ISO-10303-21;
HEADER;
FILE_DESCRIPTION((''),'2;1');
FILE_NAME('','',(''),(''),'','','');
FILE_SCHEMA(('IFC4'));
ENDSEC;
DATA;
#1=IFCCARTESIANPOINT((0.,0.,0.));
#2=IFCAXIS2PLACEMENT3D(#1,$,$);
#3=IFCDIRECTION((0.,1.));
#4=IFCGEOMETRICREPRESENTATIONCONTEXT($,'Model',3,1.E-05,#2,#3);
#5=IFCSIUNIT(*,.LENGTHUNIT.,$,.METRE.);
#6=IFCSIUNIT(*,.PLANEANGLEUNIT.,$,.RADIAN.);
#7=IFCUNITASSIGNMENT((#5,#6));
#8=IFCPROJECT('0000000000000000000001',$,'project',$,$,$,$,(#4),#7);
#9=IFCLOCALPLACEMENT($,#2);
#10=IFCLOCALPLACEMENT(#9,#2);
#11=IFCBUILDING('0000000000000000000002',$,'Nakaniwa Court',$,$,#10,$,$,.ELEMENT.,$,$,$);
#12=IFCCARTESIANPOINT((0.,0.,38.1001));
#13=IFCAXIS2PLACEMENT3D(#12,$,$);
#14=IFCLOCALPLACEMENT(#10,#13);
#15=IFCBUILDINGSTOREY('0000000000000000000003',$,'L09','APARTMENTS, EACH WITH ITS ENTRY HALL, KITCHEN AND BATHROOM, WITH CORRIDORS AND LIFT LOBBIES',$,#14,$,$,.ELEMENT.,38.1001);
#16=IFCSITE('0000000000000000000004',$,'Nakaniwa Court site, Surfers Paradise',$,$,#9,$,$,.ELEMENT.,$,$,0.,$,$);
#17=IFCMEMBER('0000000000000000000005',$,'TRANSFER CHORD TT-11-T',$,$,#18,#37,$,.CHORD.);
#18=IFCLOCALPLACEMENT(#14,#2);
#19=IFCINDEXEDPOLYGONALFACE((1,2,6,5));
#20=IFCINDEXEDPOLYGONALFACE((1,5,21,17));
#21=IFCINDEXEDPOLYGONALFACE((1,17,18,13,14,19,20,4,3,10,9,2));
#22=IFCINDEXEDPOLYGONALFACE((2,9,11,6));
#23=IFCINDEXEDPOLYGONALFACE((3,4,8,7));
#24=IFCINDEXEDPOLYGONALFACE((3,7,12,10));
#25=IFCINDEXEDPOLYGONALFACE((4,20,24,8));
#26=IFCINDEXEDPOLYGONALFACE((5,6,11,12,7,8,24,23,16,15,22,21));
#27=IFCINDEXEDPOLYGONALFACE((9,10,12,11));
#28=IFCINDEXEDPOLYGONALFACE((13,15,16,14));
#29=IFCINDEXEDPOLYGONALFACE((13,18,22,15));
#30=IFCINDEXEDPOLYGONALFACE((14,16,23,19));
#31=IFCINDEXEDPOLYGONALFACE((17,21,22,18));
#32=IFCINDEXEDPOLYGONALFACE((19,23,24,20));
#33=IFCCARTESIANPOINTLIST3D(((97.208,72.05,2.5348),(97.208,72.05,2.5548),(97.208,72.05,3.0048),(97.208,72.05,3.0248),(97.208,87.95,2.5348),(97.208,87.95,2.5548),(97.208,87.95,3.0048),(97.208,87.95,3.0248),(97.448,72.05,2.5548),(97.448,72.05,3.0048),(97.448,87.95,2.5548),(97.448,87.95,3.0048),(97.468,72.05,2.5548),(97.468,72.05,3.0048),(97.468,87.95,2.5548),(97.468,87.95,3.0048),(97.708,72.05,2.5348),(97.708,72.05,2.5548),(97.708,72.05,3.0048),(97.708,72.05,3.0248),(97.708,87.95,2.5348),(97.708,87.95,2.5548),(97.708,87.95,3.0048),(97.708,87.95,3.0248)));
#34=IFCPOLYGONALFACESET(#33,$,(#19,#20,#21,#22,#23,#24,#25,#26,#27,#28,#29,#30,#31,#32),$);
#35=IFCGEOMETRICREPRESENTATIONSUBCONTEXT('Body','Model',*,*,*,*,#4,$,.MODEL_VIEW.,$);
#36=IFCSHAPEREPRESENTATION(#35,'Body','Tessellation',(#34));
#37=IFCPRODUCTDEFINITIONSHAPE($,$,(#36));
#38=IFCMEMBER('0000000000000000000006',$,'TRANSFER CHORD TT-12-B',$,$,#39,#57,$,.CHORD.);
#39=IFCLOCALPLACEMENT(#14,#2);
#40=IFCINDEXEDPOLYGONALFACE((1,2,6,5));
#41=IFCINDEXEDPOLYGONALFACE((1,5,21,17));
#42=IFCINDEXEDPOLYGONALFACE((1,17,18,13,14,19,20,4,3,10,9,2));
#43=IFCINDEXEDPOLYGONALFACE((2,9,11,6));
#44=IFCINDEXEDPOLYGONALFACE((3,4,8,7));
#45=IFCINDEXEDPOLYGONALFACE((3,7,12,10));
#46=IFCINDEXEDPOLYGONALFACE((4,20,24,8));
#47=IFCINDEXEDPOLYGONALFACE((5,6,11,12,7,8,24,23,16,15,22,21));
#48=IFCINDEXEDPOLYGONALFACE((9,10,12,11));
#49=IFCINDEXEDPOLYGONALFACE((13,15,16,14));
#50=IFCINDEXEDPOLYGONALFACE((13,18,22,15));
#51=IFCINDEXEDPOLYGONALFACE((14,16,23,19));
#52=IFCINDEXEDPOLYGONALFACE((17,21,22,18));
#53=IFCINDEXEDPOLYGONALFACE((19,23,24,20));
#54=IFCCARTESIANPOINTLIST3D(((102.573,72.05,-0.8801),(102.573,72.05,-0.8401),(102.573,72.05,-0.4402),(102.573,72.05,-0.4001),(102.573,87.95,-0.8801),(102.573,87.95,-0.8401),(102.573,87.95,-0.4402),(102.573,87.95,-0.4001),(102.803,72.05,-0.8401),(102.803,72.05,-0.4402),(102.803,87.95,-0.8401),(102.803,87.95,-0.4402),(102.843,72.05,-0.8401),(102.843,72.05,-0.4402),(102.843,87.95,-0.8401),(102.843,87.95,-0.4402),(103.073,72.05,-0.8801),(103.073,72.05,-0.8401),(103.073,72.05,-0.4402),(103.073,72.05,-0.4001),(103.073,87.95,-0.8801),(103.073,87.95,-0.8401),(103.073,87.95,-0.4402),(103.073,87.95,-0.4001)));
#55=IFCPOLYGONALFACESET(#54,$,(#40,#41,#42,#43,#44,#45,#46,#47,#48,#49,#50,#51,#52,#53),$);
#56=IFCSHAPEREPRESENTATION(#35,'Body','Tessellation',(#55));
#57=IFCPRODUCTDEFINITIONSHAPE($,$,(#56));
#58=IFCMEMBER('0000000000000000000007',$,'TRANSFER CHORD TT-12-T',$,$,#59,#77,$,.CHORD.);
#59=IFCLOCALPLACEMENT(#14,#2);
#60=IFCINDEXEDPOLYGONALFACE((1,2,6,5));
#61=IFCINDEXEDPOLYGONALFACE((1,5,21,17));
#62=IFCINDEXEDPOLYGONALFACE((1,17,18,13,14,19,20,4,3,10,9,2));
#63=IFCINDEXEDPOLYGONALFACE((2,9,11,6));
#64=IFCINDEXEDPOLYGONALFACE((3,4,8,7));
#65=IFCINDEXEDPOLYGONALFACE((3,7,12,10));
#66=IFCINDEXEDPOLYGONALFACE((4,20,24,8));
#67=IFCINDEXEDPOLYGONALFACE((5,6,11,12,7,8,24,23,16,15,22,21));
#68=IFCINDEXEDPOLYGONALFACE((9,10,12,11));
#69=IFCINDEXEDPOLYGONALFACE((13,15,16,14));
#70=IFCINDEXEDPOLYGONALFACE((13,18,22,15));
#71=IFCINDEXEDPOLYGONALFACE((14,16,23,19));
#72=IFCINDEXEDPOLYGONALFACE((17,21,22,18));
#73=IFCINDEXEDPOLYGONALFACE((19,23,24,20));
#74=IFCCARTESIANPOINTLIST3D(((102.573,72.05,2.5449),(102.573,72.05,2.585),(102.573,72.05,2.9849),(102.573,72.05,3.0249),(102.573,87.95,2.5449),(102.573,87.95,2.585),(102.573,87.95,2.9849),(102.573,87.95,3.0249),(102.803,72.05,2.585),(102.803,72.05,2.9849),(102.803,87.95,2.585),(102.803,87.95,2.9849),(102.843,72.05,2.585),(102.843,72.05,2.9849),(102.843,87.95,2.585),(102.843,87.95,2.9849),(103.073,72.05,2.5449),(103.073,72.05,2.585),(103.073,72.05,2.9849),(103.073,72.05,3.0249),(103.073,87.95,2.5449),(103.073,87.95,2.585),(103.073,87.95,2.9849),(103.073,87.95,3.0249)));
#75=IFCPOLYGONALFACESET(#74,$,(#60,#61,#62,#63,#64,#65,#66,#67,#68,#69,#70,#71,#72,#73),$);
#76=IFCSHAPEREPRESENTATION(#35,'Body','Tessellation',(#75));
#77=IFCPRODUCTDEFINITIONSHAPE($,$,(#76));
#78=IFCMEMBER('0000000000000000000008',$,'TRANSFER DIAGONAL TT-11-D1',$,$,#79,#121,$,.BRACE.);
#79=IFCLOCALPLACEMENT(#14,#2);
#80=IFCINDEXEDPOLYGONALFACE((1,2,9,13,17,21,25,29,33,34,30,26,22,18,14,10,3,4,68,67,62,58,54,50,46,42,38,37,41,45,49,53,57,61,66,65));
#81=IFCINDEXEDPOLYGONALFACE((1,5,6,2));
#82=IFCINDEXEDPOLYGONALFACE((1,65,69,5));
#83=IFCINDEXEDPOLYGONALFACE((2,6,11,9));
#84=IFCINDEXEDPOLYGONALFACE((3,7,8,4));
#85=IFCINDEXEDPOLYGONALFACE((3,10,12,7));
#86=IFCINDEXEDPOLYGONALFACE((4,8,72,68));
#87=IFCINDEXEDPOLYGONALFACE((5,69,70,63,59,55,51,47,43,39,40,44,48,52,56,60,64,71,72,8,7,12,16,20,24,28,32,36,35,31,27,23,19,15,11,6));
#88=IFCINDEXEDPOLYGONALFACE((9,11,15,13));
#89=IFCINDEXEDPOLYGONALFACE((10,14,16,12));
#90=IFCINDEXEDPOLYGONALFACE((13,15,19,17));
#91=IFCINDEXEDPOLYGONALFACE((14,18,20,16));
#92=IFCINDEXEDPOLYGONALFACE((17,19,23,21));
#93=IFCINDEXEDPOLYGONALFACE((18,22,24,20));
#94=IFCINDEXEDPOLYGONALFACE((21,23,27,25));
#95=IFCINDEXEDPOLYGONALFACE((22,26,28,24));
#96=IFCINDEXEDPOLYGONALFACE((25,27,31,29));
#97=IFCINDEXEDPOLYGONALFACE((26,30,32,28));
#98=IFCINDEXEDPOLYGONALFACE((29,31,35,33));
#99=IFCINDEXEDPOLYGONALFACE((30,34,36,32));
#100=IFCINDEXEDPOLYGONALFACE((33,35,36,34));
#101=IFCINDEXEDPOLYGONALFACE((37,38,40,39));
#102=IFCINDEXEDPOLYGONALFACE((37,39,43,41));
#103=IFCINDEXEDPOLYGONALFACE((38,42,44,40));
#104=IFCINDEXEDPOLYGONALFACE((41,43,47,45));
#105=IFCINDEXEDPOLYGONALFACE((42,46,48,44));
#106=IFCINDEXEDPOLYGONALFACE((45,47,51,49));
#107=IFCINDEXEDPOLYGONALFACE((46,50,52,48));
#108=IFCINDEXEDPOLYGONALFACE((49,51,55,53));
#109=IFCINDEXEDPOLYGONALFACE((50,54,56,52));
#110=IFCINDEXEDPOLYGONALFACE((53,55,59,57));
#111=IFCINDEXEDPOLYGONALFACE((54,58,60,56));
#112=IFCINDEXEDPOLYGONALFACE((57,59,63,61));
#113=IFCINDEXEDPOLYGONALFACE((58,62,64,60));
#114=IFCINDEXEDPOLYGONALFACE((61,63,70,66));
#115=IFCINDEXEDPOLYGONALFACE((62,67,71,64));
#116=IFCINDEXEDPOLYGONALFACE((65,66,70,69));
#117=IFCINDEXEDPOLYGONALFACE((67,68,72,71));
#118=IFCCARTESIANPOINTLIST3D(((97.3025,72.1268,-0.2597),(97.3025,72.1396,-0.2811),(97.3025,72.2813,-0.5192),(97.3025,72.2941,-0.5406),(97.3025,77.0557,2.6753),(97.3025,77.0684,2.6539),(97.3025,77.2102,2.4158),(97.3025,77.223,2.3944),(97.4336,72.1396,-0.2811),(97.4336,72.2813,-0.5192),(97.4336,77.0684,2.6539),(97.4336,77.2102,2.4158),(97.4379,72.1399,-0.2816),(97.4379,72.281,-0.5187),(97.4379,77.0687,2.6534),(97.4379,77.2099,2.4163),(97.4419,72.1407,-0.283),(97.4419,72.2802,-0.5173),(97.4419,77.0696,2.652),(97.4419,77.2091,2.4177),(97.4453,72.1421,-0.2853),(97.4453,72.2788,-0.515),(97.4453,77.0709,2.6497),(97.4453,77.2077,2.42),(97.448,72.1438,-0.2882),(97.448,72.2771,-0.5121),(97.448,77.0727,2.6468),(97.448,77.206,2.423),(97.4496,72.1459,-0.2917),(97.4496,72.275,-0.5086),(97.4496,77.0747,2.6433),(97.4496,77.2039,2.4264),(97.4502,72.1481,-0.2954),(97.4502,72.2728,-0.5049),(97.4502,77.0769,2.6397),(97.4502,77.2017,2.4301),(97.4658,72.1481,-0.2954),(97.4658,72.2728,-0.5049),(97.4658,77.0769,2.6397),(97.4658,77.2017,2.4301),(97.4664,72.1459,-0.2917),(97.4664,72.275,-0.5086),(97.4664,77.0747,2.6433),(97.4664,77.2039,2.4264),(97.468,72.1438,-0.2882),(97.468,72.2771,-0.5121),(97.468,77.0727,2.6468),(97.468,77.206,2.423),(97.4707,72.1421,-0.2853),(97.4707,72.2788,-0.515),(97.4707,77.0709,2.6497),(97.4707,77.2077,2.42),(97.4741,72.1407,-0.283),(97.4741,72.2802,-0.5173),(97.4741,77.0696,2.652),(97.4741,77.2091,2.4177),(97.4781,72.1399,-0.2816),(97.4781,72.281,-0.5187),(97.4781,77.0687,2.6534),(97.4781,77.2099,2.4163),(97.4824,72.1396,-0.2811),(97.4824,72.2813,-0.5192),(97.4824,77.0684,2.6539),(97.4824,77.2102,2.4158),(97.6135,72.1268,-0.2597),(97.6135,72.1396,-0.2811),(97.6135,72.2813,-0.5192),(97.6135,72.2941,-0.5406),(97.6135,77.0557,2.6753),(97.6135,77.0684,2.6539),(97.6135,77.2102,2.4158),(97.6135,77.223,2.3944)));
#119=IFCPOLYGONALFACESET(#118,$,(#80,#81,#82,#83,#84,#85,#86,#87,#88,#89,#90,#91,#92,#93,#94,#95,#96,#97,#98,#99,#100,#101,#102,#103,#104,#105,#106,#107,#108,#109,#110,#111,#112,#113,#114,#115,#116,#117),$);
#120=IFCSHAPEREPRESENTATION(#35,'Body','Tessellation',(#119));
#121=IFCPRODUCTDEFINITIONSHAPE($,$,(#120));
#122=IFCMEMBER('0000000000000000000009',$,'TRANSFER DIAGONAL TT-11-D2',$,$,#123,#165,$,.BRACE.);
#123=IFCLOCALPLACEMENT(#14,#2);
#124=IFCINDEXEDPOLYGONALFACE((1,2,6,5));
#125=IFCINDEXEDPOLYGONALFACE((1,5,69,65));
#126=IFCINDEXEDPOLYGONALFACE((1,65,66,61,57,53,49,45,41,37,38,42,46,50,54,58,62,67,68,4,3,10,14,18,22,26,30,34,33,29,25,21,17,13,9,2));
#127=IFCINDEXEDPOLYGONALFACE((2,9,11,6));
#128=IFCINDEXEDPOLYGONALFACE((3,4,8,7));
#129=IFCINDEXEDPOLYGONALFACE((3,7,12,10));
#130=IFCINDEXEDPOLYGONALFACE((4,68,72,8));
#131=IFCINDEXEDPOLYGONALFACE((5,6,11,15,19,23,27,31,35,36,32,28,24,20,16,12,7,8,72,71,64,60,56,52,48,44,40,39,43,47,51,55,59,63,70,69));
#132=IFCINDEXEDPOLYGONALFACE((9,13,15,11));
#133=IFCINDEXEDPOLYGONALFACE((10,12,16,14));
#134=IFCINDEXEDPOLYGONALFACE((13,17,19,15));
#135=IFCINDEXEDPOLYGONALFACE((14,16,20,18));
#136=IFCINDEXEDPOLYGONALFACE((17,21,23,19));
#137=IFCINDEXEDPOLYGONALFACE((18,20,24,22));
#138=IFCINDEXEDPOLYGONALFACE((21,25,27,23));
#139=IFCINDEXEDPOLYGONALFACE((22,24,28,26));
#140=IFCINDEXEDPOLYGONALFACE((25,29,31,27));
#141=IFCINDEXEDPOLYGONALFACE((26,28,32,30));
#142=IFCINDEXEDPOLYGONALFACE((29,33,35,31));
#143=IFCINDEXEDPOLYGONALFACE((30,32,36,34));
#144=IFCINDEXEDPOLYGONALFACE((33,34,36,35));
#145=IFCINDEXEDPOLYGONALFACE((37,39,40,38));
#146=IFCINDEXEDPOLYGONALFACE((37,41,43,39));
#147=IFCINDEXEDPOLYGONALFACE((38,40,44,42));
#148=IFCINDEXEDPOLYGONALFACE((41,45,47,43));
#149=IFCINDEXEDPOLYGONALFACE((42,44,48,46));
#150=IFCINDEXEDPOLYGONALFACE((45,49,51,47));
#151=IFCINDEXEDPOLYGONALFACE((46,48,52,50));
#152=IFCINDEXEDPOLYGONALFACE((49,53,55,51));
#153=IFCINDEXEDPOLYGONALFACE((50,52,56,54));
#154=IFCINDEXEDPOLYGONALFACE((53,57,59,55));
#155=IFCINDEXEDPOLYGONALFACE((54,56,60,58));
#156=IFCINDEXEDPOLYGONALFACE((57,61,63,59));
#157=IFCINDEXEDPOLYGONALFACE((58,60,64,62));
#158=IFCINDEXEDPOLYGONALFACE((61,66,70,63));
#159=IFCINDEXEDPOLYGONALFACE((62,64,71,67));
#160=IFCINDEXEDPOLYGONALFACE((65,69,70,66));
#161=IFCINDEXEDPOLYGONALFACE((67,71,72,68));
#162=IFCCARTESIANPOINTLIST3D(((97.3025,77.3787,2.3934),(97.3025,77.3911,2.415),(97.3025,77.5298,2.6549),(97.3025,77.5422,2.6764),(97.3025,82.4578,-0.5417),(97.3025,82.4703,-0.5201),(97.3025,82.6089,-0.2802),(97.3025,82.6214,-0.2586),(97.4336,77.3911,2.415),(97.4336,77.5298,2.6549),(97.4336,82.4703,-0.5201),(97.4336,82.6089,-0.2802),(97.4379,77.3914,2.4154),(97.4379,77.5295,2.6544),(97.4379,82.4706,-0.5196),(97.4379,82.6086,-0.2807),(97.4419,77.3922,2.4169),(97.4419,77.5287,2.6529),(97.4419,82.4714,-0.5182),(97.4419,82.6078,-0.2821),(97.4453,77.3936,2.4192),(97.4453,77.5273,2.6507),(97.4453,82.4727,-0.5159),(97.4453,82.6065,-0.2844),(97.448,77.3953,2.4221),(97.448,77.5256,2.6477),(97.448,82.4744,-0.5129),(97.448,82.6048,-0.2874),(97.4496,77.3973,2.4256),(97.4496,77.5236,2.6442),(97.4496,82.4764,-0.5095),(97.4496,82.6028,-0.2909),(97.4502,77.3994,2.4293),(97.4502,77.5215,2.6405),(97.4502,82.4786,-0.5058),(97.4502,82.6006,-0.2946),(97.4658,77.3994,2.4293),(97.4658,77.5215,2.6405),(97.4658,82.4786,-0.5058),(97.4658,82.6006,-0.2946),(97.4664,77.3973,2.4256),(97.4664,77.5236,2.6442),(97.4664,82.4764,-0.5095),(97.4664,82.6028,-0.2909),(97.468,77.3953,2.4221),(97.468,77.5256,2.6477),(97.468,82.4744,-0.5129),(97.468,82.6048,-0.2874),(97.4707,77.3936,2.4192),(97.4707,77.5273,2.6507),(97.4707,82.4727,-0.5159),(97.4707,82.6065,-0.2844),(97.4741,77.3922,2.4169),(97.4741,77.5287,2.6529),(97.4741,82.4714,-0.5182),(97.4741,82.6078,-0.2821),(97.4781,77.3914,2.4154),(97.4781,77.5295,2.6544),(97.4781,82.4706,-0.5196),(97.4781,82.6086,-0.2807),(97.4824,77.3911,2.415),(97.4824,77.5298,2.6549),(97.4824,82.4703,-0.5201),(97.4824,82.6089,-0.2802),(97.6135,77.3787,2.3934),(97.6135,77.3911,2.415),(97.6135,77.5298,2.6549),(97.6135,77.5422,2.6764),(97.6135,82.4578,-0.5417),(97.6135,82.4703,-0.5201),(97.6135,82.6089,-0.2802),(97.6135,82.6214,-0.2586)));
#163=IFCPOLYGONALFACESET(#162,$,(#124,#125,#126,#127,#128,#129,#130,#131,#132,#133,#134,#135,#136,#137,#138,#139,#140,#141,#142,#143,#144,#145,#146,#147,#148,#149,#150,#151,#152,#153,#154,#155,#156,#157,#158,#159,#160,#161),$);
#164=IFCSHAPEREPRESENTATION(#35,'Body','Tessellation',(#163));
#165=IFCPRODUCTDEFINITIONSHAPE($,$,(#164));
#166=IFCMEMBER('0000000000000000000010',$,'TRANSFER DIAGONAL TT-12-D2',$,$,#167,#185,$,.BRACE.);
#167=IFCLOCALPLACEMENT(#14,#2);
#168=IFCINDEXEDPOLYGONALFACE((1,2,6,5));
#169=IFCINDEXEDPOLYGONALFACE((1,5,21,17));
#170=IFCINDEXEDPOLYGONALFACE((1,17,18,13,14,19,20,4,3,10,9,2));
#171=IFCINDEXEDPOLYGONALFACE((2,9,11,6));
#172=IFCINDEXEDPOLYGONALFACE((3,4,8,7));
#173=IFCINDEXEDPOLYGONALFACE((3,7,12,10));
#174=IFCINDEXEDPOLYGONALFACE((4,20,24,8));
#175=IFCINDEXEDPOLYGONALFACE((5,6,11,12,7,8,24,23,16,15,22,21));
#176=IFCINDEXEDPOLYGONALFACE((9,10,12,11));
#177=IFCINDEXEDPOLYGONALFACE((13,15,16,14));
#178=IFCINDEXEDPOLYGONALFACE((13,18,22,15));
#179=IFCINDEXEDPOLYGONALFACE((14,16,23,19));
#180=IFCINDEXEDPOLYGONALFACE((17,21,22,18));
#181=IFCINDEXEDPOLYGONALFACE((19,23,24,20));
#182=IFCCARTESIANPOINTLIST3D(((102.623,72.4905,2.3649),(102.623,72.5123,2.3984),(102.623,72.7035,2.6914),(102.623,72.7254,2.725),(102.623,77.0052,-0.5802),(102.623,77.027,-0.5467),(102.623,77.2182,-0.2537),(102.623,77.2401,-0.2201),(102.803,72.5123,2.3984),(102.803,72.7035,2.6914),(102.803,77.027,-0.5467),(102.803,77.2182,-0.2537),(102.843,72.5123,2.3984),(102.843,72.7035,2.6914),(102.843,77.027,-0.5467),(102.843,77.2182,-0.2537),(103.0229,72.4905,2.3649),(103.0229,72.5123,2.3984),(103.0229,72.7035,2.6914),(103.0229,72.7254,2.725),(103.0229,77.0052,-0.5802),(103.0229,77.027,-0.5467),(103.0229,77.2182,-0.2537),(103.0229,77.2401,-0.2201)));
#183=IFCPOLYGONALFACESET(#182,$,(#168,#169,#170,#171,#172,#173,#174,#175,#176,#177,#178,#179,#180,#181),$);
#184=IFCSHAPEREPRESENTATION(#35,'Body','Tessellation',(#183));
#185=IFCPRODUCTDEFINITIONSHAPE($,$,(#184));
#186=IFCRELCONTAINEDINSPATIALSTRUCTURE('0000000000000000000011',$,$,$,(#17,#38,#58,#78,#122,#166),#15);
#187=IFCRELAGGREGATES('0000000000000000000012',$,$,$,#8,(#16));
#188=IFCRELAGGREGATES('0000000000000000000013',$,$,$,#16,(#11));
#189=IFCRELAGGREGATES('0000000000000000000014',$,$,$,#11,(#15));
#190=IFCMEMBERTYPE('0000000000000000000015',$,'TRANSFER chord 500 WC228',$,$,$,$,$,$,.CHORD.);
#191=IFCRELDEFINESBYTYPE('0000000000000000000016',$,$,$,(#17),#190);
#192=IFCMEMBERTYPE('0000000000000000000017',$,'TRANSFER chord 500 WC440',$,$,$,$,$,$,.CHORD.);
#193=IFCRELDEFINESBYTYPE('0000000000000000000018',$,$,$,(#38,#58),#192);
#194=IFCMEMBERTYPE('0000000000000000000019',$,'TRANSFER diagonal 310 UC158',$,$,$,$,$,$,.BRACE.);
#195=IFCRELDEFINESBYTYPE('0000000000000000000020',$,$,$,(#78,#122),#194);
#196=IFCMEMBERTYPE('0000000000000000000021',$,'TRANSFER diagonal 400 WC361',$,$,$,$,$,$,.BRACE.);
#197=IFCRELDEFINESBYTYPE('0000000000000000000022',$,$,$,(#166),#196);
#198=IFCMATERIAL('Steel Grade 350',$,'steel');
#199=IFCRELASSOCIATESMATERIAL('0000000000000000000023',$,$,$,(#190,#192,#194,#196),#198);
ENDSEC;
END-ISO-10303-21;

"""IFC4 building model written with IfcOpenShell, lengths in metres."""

from ifc_helpers import new_model, si_unit, direction, frame, origin, origin_2d, place, context, subcontext, project, spatial, i_section, extrude, material, material_profile, profile_set, type_object, element, save


model = new_model("IFC4")

# Units and contexts
model_context = context("Model", 3, precision=1e-05, world=origin(), true_north=direction((0.0, 1.0)))
body_context = subcontext(model_context, "Body", "Model", "MODEL_VIEW")
ifc_project = project(units=[si_unit("LENGTHUNIT", "METRE"), si_unit("PLANEANGLEUNIT", "RADIAN")], contexts=[model_context])

# Site, building, storey
site_placement = place(None, origin())
site = spatial("IfcSite", under=ifc_project, at=site_placement, Name="Nakaniwa Court site, Surfers Paradise", CompositionType="ELEMENT", RefElevation=0.0)
building_placement = place(site_placement, origin())
building = spatial("IfcBuilding", under=site, at=building_placement, Name="Nakaniwa Court", CompositionType="ELEMENT")
storey_placement = place(building_placement, frame((0.0, 0.0, 38.1001)))
storey = spatial("IfcBuildingStorey", under=building, at=storey_placement, Name="L09", Description="APARTMENTS, EACH WITH ITS ENTRY HALL, KITCHEN AND BATHROOM, WITH CORRIDORS AND LIFT LOBBIES", CompositionType="ELEMENT", Elevation=38.1001)

# Members
ifc_material_1 = material(Name="Steel Grade 350", Category="steel")
ifc_material_profile_1 = material_profile(ifc_material_1, i_section(OverallWidth=0.5, OverallDepth=0.49, WebThickness=0.02, FlangeThickness=0.02, at=origin_2d()), Name="500WC228")
ifc_profile_set_1 = profile_set([ifc_material_profile_1], Name="Steel Grade 350")
member_type_1 = type_object("IfcMemberType", Name="TRANSFER chord 500 WC228", PredefinedType="CHORD", material=ifc_profile_set_1)
member_1_placement = place(storey_placement, frame((97.458, 72.05, 2.7798), z_axis=(0.0, 1.0, 0.0), x_axis=(-1.0, 0.0, 0.0)))
element("IfcMember", 1, at=member_1_placement, inside=storey, type_object=member_type_1, Name="TRANSFER CHORD TT-11-T", PredefinedType="CHORD", context=body_context, shape_type="SweptSolid", body=[
    extrude(i_section(OverallWidth=0.5, OverallDepth=0.49, WebThickness=0.02, FlangeThickness=0.02, at=origin_2d()), origin(), (0.0, 0.0, 1.0), 15.8999),
])
ifc_material_profile_2 = material_profile(ifc_material_1, i_section(OverallWidth=0.5, OverallDepth=0.48, WebThickness=0.04, FlangeThickness=0.04, at=origin_2d()), Name="500WC440")
ifc_profile_set_2 = profile_set([ifc_material_profile_2], Name="Steel Grade 350")
member_type_2 = type_object("IfcMemberType", Name="TRANSFER chord 500 WC440", PredefinedType="CHORD", material=ifc_profile_set_2)
for number, where, z_axis, x_axis, name in (
    (2, (102.823, 72.05, -0.6401), (0.0, 1.0, 0.0), (-1.0, 0.0, 0.0), "TRANSFER CHORD TT-12-B"),
    (3, (102.823, 72.05, 2.7849), (0.0, 1.0, 0.0), (-1.0, 0.0, 0.0), "TRANSFER CHORD TT-12-T"),
):
    element("IfcMember", number, at=place(storey_placement, frame(where, z_axis=z_axis, x_axis=x_axis)), inside=storey, type_object=member_type_2, Name=name, PredefinedType="CHORD", context=body_context, shape_type="SweptSolid", body=[
        extrude(i_section(OverallWidth=0.5, OverallDepth=0.48, WebThickness=0.04, FlangeThickness=0.04, at=origin_2d()), origin(), (0.0, 0.0, 1.0), 15.8999),
    ])
ifc_material_profile_3 = material_profile(ifc_material_1, i_section(OverallWidth=0.311, OverallDepth=0.3269, WebThickness=0.0156, FlangeThickness=0.0249, FilletRadius=0.0166, at=origin_2d()), Name="310UC158")
ifc_profile_set_3 = profile_set([ifc_material_profile_3], Name="Steel Grade 350")
member_type_3 = type_object("IfcMemberType", Name="TRANSFER diagonal 310 UC158", PredefinedType="BRACE", material=ifc_profile_set_3)
member_2_placement = place(storey_placement, frame((97.458, 72.2104, -0.4001), z_axis=(0.0, 0.859204, 0.511633), x_axis=(-1.0, 0.0, 0.0)))
element("IfcMember", 4, at=member_2_placement, inside=storey, type_object=member_type_3, Name="TRANSFER DIAGONAL TT-11-D1", PredefinedType="BRACE", context=body_context, shape_type="SweptSolid", body=[
    extrude(i_section(OverallWidth=0.311, OverallDepth=0.3269, WebThickness=0.0156, FlangeThickness=0.0249, FilletRadius=0.0166, at=origin_2d()), origin(), (0.0, 0.0, 1.0), 5.7366),
])
member_3_placement = place(storey_placement, frame((97.458, 77.4604, 2.5349), z_axis=(0.0, 0.865831, -0.500337), x_axis=(-1.0, 0.0, 0.0)))
element("IfcMember", 5, at=member_3_placement, inside=storey, type_object=member_type_3, Name="TRANSFER DIAGONAL TT-11-D2", PredefinedType="BRACE", context=body_context, shape_type="SweptSolid", body=[
    extrude(i_section(OverallWidth=0.311, OverallDepth=0.3269, WebThickness=0.0156, FlangeThickness=0.0249, FilletRadius=0.0166, at=origin_2d()), origin(), (0.0, 0.0, 1.0), 5.8662),
])
ifc_material_profile_4 = material_profile(ifc_material_1, i_section(OverallWidth=0.3999, OverallDepth=0.4299, WebThickness=0.04, FlangeThickness=0.04, at=origin_2d()), Name="400WC361")
ifc_profile_set_4 = profile_set([ifc_material_profile_4], Name="Steel Grade 350")
member_type_4 = type_object("IfcMemberType", Name="TRANSFER diagonal 400 WC361", PredefinedType="BRACE", material=ifc_profile_set_4)
member_4_placement = place(storey_placement, frame((102.823, 72.6079, 2.5449), z_axis=(0.0, 0.837548, -0.546363), x_axis=(-1.0, 0.0, 0.0)))
element("IfcMember", 6, at=member_4_placement, inside=storey, type_object=member_type_4, Name="TRANSFER DIAGONAL TT-12-D2", PredefinedType="BRACE", context=body_context, shape_type="SweptSolid", body=[
    extrude(i_section(OverallWidth=0.3999, OverallDepth=0.4299, WebThickness=0.04, FlangeThickness=0.04, at=origin_2d()), origin(), (0.0, 0.0, 1.0), 5.3904),
])

save(model, "model.ifc")
